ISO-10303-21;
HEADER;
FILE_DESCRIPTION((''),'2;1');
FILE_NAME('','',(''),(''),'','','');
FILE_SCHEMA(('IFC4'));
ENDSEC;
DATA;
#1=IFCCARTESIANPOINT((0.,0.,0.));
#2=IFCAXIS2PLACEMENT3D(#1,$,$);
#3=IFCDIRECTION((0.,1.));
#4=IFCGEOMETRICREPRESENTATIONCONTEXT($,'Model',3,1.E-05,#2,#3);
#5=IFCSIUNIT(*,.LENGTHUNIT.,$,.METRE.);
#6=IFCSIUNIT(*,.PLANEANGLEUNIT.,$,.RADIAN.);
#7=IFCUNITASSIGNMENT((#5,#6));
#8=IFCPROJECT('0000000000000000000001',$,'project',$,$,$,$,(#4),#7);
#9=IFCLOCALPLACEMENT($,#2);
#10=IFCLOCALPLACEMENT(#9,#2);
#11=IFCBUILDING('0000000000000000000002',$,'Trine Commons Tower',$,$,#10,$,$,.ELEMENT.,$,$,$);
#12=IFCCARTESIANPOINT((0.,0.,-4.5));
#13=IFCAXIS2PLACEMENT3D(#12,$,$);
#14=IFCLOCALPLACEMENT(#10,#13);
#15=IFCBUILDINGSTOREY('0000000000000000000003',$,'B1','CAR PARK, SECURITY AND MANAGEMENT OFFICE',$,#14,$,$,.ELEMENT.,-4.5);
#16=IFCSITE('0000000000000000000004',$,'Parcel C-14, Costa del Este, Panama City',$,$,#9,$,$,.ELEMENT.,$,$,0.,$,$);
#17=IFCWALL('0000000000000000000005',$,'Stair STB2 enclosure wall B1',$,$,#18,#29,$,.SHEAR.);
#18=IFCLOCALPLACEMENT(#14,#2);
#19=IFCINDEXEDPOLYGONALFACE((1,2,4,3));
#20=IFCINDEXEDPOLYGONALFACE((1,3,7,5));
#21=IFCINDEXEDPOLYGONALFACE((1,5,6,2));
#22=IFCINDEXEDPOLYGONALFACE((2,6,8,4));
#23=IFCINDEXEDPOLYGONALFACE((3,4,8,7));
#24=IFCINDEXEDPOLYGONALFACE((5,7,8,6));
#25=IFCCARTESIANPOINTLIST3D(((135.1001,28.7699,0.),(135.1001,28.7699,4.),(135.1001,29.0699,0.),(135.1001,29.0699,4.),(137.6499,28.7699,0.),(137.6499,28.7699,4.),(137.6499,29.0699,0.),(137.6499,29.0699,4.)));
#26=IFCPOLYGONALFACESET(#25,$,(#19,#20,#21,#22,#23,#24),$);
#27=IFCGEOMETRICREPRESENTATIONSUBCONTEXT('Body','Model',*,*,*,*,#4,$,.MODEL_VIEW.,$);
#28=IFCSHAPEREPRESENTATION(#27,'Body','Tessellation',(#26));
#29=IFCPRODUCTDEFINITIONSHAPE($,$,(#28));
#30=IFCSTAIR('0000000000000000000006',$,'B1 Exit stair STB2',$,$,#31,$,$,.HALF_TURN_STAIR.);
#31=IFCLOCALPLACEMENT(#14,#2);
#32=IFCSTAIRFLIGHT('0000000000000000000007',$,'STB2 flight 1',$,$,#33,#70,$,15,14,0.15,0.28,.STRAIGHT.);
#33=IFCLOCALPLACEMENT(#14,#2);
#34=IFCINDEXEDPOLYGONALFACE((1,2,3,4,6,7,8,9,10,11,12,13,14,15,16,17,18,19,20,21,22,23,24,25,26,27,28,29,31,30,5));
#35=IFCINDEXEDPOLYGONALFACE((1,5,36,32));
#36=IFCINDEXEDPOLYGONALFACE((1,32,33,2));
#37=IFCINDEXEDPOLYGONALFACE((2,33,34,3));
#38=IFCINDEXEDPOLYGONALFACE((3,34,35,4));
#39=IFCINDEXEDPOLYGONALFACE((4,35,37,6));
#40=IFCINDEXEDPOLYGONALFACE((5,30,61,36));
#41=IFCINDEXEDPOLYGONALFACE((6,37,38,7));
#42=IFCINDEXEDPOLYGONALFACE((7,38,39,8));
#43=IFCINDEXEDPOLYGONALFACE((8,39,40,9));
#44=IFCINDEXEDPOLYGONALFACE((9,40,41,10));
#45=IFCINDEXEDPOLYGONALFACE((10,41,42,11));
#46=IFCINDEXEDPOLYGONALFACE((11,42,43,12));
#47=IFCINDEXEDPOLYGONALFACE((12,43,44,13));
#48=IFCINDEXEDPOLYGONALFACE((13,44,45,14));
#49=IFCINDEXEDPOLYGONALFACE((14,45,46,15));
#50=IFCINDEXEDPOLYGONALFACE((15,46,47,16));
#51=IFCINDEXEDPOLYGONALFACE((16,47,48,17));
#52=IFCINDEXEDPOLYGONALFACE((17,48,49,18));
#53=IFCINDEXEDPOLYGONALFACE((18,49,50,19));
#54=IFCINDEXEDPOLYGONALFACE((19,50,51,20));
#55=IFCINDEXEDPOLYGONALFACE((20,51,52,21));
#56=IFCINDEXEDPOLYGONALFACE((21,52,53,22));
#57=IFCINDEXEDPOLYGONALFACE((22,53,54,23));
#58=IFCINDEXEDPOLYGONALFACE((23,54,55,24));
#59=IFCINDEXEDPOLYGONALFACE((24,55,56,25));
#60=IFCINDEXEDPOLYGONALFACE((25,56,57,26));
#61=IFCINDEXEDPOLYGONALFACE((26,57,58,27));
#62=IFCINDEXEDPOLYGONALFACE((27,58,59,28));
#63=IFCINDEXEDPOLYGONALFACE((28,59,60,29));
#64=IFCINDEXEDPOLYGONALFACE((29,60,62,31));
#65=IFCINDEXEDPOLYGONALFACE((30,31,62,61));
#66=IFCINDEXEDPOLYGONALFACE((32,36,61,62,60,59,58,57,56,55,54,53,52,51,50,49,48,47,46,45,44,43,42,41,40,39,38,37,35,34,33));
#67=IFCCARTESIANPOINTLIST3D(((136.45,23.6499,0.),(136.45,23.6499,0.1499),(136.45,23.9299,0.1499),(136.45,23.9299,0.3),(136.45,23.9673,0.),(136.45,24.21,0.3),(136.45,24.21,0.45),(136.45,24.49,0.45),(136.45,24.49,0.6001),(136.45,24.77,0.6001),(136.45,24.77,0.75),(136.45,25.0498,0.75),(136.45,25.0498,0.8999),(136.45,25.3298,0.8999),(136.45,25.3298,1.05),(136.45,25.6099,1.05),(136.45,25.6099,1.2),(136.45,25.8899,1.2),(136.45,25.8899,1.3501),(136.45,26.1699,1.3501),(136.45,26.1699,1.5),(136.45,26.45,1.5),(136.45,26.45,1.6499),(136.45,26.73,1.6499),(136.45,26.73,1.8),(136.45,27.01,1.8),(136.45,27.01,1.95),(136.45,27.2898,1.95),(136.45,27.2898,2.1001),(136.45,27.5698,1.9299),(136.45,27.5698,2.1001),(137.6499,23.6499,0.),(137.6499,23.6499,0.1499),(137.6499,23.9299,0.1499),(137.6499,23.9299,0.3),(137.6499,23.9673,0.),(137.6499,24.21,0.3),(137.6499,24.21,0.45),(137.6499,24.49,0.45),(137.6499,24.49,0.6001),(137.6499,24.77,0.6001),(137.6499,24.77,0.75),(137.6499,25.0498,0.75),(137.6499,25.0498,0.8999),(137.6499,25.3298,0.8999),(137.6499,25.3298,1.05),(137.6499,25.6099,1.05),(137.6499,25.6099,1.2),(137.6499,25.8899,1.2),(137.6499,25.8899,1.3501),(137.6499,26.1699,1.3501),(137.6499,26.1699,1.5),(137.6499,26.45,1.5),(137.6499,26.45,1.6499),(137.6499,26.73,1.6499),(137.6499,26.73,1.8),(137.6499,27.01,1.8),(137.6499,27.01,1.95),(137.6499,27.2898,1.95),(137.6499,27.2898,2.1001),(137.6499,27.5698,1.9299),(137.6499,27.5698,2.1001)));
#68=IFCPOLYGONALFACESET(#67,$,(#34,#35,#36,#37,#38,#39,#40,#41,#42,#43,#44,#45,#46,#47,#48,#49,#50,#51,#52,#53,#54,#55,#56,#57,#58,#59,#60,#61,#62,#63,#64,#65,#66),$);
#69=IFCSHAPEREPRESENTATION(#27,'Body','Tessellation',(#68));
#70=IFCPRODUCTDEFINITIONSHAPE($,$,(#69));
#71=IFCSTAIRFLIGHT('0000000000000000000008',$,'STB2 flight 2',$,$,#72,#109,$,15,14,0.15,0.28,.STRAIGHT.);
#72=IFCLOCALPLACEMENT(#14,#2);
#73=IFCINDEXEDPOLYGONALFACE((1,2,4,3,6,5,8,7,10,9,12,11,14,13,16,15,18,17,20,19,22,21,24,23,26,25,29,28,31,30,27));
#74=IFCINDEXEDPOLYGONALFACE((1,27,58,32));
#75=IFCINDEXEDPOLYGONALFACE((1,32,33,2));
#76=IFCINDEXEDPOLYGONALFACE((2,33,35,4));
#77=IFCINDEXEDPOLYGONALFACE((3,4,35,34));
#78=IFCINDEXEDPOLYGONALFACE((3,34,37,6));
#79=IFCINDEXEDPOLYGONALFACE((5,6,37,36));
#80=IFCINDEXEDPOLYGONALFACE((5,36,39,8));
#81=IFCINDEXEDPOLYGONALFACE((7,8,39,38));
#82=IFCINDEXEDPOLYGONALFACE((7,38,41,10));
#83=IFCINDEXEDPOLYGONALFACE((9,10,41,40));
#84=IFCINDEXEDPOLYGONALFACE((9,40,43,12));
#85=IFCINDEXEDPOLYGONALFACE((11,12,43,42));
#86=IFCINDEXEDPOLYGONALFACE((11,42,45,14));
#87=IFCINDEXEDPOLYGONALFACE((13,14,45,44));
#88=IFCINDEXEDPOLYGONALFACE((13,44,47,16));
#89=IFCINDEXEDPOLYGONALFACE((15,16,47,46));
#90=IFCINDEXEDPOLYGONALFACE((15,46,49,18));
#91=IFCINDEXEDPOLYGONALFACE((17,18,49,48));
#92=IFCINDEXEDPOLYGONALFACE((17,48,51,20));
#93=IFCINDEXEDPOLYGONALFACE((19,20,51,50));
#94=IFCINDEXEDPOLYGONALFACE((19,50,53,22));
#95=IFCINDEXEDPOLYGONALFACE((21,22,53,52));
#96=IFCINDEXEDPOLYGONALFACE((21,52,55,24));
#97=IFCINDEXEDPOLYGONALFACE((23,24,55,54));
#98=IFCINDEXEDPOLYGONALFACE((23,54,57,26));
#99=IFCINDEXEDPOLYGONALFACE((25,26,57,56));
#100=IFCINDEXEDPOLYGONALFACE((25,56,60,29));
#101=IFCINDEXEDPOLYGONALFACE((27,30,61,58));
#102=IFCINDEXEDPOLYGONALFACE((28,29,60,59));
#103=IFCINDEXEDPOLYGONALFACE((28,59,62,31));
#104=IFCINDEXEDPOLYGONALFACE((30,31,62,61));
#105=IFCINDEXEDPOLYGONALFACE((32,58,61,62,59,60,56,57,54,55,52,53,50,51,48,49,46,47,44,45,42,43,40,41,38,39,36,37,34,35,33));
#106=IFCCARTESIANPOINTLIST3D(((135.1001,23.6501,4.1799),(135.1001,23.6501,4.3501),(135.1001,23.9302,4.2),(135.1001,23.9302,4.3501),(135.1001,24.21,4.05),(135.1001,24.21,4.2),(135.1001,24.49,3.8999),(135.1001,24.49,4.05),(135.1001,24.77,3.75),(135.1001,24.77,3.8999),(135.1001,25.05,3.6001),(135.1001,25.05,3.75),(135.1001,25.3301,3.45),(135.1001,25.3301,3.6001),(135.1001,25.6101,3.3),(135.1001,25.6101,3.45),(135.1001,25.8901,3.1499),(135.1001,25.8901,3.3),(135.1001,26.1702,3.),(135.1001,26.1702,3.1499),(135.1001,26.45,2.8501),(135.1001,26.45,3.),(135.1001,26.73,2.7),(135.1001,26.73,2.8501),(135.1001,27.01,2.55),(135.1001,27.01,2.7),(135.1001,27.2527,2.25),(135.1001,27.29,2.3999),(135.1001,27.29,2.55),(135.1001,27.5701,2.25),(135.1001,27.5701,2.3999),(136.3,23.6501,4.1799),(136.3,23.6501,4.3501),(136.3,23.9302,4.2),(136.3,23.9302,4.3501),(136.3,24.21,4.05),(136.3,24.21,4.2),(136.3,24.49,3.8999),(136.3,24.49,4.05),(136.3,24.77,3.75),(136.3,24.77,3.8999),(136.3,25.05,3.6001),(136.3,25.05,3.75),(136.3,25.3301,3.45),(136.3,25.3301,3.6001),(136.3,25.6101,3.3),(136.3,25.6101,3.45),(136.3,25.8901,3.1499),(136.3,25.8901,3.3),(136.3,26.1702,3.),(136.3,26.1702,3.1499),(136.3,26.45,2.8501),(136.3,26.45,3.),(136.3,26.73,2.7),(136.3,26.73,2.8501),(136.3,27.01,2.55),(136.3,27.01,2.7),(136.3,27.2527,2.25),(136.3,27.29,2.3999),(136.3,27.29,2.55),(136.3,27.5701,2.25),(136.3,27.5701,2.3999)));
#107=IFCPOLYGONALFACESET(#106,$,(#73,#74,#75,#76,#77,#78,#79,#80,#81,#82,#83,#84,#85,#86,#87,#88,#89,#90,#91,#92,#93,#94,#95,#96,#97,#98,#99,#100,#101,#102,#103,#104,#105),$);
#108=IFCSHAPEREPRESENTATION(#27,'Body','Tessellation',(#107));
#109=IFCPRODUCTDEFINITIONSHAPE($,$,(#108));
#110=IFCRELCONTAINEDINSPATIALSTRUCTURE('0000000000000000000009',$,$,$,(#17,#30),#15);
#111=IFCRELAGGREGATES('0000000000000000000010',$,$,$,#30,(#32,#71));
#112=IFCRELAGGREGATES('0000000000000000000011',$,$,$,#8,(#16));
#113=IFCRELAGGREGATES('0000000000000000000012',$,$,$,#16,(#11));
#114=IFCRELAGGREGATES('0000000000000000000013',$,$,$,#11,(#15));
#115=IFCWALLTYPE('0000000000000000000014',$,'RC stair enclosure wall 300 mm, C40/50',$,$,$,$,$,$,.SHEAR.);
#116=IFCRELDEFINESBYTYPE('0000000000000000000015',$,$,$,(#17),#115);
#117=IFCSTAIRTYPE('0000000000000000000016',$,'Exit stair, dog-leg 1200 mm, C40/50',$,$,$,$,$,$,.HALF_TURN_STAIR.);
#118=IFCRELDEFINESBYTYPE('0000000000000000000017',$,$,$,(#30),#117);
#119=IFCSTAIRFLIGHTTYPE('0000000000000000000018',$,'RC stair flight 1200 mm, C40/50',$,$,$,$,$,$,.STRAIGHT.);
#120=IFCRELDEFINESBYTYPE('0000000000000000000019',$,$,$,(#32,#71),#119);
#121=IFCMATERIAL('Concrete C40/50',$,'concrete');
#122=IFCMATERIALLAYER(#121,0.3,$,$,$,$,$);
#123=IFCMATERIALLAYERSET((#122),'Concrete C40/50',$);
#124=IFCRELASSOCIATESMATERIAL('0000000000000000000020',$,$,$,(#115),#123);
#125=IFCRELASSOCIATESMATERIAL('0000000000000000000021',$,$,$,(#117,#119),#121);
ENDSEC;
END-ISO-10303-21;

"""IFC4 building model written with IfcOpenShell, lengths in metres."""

from ifc_helpers import new_model, si_unit, direction, frame, frame_2d, origin, place, context, subcontext, project, spatial, polyline, rectangle, outline, extrude, material, layer, layer_set, type_object, element, aggregate, save


model = new_model("IFC4")

# Units and contexts
model_context = context("Model", 3, precision=1e-05, world=origin(), true_north=direction((0.0, 1.0)))
body_context = subcontext(model_context, "Body", "Model", "MODEL_VIEW")
ifc_project = project(units=[si_unit("LENGTHUNIT", "METRE"), si_unit("PLANEANGLEUNIT", "RADIAN")], contexts=[model_context])

# Site, building, storey
site_placement = place(None, origin())
site = spatial("IfcSite", under=ifc_project, at=site_placement, Name="Parcel C-14, Costa del Este, Panama City", CompositionType="ELEMENT", RefElevation=0.0)
building_placement = place(site_placement, origin())
building = spatial("IfcBuilding", under=site, at=building_placement, Name="Trine Commons Tower", CompositionType="ELEMENT")
storey_placement = place(building_placement, frame((0.0, 0.0, -4.5)))
storey = spatial("IfcBuildingStorey", under=building, at=storey_placement, Name="B1", Description="CAR PARK, SECURITY AND MANAGEMENT OFFICE", CompositionType="ELEMENT", Elevation=-4.5)

# Shared definitions
ifc_material_1 = material(Name="Concrete C40/50", Category="concrete")
ifc_layer_1 = layer(ifc_material_1, 0.3)
ifc_layer_set_1 = layer_set([ifc_layer_1], Name="Concrete C40/50")
wall_type_1 = type_object("IfcWallType", Name="RC stair enclosure wall 300 mm, C40/50", PredefinedType="SHEAR", material=ifc_layer_set_1)

# Wall
for number, where, z_axis, x_axis, name in (
    (1, (137.6499, 28.9199, 0.0), (0.0, 0.0, 1.0), (-1.0, 0.0, 0.0), "Stair STB2 enclosure wall B1"),
):
    element("IfcWall", number, at=place(storey_placement, frame(where, z_axis=z_axis, x_axis=x_axis)), inside=storey, type_object=wall_type_1, Name=name, PredefinedType="SHEAR", context=body_context, shape_type="SweptSolid", body=[
        extrude(rectangle(XDim=2.5498, YDim=0.3, at=frame_2d((1.2749, 0.0))), origin(), (0.0, 0.0, 1.0), 4.0),
    ])

# Stair, stair flights
stair_type = type_object("IfcStairType", Name="Exit stair, dog-leg 1200 mm, C40/50", PredefinedType="HALF_TURN_STAIR", material=ifc_material_1)
stair_placement = place(storey_placement, origin())
stair = element("IfcStair", 2, at=stair_placement, inside=storey, type_object=stair_type, Name="B1 Exit stair STB2", PredefinedType="HALF_TURN_STAIR")
stair_flight_type = type_object("IfcStairFlightType", Name="RC stair flight 1200 mm, C40/50", PredefinedType="STRAIGHT", material=ifc_material_1)
stair_flight_1_placement = place(storey_placement, frame((137.05, 23.6499, 0.0), z_axis=(0.0, 0.0, 1.0), x_axis=(0.0, 1.0, 0.0)))
stair_flight_1 = element("IfcStairFlight", 3, at=stair_flight_1_placement, type_object=stair_flight_type, Name="STB2 flight 1", NumberOfRisers=15, NumberOfTreads=14, PredefinedType="STRAIGHT", RiserHeight=0.15, TreadLength=0.28, context=body_context, shape_type="SweptSolid", body=[
    extrude(outline(polyline([(0.0, 0.0), (0.0, 0.1499), (0.28, 0.1499), (0.28, 0.3), (0.5601, 0.3), (0.5601, 0.45), (0.8401, 0.45), (0.8401, 0.6001), (1.1201, 0.6001), (1.1201, 0.75), (1.3999, 0.75), (1.3999, 0.8999), (1.6799, 0.8999), (1.6799, 1.05), (1.96, 1.05), (1.96, 1.2), (2.24, 1.2), (2.24, 1.3501), (2.52, 1.3501), (2.52, 1.5), (2.8, 1.5), (2.8, 1.6499), (3.0801, 1.6499), (3.0801, 1.8), (3.3601, 1.8), (3.3601, 1.95), (3.6399, 1.95), (3.6399, 2.1001), (3.9199, 2.1001), (3.9199, 2.25), (3.9199, 1.9299), (0.3174, 0.0), (0.0, 0.0)])), frame((0.0, 0.6001, 0.0), z_axis=(0.0, -1.0, 0.0), x_axis=(1.0, 0.0, 0.0)), (0.0, 0.0, 1.0), 1.2),
])
stair_flight_2_placement = place(storey_placement, frame((135.7, 27.5701, 2.25), z_axis=(0.0, 0.0, 1.0), x_axis=(0.0, -1.0, 0.0)))
stair_flight_2 = element("IfcStairFlight", 4, at=stair_flight_2_placement, type_object=stair_flight_type, Name="STB2 flight 2", NumberOfRisers=15, NumberOfTreads=14, PredefinedType="STRAIGHT", RiserHeight=0.15, TreadLength=0.28, context=body_context, shape_type="SweptSolid", body=[
    extrude(outline(polyline([(0.0, 0.0), (0.0, 0.1499), (0.28, 0.1499), (0.28, 0.3), (0.5601, 0.3), (0.5601, 0.45), (0.8401, 0.45), (0.8401, 0.6001), (1.1201, 0.6001), (1.1201, 0.75), (1.3999, 0.75), (1.3999, 0.8999), (1.6799, 0.8999), (1.6799, 1.05), (1.96, 1.05), (1.96, 1.2), (2.24, 1.2), (2.24, 1.3501), (2.52, 1.3501), (2.52, 1.5), (2.8, 1.5), (2.8, 1.6499), (3.0801, 1.6499), (3.0801, 1.8), (3.3601, 1.8), (3.3601, 1.95), (3.6399, 1.95), (3.6399, 2.1001), (3.9199, 2.1001), (3.9199, 2.25), (3.9199, 1.9299), (0.3174, 0.0), (0.0, 0.0)])), frame((0.0, 0.6001, 0.0), z_axis=(0.0, -1.0, 0.0), x_axis=(1.0, 0.0, 0.0)), (0.0, 0.0, 1.0), 1.2),
])
aggregate(stair, [stair_flight_1, stair_flight_2])

save(model, "model.ifc")
